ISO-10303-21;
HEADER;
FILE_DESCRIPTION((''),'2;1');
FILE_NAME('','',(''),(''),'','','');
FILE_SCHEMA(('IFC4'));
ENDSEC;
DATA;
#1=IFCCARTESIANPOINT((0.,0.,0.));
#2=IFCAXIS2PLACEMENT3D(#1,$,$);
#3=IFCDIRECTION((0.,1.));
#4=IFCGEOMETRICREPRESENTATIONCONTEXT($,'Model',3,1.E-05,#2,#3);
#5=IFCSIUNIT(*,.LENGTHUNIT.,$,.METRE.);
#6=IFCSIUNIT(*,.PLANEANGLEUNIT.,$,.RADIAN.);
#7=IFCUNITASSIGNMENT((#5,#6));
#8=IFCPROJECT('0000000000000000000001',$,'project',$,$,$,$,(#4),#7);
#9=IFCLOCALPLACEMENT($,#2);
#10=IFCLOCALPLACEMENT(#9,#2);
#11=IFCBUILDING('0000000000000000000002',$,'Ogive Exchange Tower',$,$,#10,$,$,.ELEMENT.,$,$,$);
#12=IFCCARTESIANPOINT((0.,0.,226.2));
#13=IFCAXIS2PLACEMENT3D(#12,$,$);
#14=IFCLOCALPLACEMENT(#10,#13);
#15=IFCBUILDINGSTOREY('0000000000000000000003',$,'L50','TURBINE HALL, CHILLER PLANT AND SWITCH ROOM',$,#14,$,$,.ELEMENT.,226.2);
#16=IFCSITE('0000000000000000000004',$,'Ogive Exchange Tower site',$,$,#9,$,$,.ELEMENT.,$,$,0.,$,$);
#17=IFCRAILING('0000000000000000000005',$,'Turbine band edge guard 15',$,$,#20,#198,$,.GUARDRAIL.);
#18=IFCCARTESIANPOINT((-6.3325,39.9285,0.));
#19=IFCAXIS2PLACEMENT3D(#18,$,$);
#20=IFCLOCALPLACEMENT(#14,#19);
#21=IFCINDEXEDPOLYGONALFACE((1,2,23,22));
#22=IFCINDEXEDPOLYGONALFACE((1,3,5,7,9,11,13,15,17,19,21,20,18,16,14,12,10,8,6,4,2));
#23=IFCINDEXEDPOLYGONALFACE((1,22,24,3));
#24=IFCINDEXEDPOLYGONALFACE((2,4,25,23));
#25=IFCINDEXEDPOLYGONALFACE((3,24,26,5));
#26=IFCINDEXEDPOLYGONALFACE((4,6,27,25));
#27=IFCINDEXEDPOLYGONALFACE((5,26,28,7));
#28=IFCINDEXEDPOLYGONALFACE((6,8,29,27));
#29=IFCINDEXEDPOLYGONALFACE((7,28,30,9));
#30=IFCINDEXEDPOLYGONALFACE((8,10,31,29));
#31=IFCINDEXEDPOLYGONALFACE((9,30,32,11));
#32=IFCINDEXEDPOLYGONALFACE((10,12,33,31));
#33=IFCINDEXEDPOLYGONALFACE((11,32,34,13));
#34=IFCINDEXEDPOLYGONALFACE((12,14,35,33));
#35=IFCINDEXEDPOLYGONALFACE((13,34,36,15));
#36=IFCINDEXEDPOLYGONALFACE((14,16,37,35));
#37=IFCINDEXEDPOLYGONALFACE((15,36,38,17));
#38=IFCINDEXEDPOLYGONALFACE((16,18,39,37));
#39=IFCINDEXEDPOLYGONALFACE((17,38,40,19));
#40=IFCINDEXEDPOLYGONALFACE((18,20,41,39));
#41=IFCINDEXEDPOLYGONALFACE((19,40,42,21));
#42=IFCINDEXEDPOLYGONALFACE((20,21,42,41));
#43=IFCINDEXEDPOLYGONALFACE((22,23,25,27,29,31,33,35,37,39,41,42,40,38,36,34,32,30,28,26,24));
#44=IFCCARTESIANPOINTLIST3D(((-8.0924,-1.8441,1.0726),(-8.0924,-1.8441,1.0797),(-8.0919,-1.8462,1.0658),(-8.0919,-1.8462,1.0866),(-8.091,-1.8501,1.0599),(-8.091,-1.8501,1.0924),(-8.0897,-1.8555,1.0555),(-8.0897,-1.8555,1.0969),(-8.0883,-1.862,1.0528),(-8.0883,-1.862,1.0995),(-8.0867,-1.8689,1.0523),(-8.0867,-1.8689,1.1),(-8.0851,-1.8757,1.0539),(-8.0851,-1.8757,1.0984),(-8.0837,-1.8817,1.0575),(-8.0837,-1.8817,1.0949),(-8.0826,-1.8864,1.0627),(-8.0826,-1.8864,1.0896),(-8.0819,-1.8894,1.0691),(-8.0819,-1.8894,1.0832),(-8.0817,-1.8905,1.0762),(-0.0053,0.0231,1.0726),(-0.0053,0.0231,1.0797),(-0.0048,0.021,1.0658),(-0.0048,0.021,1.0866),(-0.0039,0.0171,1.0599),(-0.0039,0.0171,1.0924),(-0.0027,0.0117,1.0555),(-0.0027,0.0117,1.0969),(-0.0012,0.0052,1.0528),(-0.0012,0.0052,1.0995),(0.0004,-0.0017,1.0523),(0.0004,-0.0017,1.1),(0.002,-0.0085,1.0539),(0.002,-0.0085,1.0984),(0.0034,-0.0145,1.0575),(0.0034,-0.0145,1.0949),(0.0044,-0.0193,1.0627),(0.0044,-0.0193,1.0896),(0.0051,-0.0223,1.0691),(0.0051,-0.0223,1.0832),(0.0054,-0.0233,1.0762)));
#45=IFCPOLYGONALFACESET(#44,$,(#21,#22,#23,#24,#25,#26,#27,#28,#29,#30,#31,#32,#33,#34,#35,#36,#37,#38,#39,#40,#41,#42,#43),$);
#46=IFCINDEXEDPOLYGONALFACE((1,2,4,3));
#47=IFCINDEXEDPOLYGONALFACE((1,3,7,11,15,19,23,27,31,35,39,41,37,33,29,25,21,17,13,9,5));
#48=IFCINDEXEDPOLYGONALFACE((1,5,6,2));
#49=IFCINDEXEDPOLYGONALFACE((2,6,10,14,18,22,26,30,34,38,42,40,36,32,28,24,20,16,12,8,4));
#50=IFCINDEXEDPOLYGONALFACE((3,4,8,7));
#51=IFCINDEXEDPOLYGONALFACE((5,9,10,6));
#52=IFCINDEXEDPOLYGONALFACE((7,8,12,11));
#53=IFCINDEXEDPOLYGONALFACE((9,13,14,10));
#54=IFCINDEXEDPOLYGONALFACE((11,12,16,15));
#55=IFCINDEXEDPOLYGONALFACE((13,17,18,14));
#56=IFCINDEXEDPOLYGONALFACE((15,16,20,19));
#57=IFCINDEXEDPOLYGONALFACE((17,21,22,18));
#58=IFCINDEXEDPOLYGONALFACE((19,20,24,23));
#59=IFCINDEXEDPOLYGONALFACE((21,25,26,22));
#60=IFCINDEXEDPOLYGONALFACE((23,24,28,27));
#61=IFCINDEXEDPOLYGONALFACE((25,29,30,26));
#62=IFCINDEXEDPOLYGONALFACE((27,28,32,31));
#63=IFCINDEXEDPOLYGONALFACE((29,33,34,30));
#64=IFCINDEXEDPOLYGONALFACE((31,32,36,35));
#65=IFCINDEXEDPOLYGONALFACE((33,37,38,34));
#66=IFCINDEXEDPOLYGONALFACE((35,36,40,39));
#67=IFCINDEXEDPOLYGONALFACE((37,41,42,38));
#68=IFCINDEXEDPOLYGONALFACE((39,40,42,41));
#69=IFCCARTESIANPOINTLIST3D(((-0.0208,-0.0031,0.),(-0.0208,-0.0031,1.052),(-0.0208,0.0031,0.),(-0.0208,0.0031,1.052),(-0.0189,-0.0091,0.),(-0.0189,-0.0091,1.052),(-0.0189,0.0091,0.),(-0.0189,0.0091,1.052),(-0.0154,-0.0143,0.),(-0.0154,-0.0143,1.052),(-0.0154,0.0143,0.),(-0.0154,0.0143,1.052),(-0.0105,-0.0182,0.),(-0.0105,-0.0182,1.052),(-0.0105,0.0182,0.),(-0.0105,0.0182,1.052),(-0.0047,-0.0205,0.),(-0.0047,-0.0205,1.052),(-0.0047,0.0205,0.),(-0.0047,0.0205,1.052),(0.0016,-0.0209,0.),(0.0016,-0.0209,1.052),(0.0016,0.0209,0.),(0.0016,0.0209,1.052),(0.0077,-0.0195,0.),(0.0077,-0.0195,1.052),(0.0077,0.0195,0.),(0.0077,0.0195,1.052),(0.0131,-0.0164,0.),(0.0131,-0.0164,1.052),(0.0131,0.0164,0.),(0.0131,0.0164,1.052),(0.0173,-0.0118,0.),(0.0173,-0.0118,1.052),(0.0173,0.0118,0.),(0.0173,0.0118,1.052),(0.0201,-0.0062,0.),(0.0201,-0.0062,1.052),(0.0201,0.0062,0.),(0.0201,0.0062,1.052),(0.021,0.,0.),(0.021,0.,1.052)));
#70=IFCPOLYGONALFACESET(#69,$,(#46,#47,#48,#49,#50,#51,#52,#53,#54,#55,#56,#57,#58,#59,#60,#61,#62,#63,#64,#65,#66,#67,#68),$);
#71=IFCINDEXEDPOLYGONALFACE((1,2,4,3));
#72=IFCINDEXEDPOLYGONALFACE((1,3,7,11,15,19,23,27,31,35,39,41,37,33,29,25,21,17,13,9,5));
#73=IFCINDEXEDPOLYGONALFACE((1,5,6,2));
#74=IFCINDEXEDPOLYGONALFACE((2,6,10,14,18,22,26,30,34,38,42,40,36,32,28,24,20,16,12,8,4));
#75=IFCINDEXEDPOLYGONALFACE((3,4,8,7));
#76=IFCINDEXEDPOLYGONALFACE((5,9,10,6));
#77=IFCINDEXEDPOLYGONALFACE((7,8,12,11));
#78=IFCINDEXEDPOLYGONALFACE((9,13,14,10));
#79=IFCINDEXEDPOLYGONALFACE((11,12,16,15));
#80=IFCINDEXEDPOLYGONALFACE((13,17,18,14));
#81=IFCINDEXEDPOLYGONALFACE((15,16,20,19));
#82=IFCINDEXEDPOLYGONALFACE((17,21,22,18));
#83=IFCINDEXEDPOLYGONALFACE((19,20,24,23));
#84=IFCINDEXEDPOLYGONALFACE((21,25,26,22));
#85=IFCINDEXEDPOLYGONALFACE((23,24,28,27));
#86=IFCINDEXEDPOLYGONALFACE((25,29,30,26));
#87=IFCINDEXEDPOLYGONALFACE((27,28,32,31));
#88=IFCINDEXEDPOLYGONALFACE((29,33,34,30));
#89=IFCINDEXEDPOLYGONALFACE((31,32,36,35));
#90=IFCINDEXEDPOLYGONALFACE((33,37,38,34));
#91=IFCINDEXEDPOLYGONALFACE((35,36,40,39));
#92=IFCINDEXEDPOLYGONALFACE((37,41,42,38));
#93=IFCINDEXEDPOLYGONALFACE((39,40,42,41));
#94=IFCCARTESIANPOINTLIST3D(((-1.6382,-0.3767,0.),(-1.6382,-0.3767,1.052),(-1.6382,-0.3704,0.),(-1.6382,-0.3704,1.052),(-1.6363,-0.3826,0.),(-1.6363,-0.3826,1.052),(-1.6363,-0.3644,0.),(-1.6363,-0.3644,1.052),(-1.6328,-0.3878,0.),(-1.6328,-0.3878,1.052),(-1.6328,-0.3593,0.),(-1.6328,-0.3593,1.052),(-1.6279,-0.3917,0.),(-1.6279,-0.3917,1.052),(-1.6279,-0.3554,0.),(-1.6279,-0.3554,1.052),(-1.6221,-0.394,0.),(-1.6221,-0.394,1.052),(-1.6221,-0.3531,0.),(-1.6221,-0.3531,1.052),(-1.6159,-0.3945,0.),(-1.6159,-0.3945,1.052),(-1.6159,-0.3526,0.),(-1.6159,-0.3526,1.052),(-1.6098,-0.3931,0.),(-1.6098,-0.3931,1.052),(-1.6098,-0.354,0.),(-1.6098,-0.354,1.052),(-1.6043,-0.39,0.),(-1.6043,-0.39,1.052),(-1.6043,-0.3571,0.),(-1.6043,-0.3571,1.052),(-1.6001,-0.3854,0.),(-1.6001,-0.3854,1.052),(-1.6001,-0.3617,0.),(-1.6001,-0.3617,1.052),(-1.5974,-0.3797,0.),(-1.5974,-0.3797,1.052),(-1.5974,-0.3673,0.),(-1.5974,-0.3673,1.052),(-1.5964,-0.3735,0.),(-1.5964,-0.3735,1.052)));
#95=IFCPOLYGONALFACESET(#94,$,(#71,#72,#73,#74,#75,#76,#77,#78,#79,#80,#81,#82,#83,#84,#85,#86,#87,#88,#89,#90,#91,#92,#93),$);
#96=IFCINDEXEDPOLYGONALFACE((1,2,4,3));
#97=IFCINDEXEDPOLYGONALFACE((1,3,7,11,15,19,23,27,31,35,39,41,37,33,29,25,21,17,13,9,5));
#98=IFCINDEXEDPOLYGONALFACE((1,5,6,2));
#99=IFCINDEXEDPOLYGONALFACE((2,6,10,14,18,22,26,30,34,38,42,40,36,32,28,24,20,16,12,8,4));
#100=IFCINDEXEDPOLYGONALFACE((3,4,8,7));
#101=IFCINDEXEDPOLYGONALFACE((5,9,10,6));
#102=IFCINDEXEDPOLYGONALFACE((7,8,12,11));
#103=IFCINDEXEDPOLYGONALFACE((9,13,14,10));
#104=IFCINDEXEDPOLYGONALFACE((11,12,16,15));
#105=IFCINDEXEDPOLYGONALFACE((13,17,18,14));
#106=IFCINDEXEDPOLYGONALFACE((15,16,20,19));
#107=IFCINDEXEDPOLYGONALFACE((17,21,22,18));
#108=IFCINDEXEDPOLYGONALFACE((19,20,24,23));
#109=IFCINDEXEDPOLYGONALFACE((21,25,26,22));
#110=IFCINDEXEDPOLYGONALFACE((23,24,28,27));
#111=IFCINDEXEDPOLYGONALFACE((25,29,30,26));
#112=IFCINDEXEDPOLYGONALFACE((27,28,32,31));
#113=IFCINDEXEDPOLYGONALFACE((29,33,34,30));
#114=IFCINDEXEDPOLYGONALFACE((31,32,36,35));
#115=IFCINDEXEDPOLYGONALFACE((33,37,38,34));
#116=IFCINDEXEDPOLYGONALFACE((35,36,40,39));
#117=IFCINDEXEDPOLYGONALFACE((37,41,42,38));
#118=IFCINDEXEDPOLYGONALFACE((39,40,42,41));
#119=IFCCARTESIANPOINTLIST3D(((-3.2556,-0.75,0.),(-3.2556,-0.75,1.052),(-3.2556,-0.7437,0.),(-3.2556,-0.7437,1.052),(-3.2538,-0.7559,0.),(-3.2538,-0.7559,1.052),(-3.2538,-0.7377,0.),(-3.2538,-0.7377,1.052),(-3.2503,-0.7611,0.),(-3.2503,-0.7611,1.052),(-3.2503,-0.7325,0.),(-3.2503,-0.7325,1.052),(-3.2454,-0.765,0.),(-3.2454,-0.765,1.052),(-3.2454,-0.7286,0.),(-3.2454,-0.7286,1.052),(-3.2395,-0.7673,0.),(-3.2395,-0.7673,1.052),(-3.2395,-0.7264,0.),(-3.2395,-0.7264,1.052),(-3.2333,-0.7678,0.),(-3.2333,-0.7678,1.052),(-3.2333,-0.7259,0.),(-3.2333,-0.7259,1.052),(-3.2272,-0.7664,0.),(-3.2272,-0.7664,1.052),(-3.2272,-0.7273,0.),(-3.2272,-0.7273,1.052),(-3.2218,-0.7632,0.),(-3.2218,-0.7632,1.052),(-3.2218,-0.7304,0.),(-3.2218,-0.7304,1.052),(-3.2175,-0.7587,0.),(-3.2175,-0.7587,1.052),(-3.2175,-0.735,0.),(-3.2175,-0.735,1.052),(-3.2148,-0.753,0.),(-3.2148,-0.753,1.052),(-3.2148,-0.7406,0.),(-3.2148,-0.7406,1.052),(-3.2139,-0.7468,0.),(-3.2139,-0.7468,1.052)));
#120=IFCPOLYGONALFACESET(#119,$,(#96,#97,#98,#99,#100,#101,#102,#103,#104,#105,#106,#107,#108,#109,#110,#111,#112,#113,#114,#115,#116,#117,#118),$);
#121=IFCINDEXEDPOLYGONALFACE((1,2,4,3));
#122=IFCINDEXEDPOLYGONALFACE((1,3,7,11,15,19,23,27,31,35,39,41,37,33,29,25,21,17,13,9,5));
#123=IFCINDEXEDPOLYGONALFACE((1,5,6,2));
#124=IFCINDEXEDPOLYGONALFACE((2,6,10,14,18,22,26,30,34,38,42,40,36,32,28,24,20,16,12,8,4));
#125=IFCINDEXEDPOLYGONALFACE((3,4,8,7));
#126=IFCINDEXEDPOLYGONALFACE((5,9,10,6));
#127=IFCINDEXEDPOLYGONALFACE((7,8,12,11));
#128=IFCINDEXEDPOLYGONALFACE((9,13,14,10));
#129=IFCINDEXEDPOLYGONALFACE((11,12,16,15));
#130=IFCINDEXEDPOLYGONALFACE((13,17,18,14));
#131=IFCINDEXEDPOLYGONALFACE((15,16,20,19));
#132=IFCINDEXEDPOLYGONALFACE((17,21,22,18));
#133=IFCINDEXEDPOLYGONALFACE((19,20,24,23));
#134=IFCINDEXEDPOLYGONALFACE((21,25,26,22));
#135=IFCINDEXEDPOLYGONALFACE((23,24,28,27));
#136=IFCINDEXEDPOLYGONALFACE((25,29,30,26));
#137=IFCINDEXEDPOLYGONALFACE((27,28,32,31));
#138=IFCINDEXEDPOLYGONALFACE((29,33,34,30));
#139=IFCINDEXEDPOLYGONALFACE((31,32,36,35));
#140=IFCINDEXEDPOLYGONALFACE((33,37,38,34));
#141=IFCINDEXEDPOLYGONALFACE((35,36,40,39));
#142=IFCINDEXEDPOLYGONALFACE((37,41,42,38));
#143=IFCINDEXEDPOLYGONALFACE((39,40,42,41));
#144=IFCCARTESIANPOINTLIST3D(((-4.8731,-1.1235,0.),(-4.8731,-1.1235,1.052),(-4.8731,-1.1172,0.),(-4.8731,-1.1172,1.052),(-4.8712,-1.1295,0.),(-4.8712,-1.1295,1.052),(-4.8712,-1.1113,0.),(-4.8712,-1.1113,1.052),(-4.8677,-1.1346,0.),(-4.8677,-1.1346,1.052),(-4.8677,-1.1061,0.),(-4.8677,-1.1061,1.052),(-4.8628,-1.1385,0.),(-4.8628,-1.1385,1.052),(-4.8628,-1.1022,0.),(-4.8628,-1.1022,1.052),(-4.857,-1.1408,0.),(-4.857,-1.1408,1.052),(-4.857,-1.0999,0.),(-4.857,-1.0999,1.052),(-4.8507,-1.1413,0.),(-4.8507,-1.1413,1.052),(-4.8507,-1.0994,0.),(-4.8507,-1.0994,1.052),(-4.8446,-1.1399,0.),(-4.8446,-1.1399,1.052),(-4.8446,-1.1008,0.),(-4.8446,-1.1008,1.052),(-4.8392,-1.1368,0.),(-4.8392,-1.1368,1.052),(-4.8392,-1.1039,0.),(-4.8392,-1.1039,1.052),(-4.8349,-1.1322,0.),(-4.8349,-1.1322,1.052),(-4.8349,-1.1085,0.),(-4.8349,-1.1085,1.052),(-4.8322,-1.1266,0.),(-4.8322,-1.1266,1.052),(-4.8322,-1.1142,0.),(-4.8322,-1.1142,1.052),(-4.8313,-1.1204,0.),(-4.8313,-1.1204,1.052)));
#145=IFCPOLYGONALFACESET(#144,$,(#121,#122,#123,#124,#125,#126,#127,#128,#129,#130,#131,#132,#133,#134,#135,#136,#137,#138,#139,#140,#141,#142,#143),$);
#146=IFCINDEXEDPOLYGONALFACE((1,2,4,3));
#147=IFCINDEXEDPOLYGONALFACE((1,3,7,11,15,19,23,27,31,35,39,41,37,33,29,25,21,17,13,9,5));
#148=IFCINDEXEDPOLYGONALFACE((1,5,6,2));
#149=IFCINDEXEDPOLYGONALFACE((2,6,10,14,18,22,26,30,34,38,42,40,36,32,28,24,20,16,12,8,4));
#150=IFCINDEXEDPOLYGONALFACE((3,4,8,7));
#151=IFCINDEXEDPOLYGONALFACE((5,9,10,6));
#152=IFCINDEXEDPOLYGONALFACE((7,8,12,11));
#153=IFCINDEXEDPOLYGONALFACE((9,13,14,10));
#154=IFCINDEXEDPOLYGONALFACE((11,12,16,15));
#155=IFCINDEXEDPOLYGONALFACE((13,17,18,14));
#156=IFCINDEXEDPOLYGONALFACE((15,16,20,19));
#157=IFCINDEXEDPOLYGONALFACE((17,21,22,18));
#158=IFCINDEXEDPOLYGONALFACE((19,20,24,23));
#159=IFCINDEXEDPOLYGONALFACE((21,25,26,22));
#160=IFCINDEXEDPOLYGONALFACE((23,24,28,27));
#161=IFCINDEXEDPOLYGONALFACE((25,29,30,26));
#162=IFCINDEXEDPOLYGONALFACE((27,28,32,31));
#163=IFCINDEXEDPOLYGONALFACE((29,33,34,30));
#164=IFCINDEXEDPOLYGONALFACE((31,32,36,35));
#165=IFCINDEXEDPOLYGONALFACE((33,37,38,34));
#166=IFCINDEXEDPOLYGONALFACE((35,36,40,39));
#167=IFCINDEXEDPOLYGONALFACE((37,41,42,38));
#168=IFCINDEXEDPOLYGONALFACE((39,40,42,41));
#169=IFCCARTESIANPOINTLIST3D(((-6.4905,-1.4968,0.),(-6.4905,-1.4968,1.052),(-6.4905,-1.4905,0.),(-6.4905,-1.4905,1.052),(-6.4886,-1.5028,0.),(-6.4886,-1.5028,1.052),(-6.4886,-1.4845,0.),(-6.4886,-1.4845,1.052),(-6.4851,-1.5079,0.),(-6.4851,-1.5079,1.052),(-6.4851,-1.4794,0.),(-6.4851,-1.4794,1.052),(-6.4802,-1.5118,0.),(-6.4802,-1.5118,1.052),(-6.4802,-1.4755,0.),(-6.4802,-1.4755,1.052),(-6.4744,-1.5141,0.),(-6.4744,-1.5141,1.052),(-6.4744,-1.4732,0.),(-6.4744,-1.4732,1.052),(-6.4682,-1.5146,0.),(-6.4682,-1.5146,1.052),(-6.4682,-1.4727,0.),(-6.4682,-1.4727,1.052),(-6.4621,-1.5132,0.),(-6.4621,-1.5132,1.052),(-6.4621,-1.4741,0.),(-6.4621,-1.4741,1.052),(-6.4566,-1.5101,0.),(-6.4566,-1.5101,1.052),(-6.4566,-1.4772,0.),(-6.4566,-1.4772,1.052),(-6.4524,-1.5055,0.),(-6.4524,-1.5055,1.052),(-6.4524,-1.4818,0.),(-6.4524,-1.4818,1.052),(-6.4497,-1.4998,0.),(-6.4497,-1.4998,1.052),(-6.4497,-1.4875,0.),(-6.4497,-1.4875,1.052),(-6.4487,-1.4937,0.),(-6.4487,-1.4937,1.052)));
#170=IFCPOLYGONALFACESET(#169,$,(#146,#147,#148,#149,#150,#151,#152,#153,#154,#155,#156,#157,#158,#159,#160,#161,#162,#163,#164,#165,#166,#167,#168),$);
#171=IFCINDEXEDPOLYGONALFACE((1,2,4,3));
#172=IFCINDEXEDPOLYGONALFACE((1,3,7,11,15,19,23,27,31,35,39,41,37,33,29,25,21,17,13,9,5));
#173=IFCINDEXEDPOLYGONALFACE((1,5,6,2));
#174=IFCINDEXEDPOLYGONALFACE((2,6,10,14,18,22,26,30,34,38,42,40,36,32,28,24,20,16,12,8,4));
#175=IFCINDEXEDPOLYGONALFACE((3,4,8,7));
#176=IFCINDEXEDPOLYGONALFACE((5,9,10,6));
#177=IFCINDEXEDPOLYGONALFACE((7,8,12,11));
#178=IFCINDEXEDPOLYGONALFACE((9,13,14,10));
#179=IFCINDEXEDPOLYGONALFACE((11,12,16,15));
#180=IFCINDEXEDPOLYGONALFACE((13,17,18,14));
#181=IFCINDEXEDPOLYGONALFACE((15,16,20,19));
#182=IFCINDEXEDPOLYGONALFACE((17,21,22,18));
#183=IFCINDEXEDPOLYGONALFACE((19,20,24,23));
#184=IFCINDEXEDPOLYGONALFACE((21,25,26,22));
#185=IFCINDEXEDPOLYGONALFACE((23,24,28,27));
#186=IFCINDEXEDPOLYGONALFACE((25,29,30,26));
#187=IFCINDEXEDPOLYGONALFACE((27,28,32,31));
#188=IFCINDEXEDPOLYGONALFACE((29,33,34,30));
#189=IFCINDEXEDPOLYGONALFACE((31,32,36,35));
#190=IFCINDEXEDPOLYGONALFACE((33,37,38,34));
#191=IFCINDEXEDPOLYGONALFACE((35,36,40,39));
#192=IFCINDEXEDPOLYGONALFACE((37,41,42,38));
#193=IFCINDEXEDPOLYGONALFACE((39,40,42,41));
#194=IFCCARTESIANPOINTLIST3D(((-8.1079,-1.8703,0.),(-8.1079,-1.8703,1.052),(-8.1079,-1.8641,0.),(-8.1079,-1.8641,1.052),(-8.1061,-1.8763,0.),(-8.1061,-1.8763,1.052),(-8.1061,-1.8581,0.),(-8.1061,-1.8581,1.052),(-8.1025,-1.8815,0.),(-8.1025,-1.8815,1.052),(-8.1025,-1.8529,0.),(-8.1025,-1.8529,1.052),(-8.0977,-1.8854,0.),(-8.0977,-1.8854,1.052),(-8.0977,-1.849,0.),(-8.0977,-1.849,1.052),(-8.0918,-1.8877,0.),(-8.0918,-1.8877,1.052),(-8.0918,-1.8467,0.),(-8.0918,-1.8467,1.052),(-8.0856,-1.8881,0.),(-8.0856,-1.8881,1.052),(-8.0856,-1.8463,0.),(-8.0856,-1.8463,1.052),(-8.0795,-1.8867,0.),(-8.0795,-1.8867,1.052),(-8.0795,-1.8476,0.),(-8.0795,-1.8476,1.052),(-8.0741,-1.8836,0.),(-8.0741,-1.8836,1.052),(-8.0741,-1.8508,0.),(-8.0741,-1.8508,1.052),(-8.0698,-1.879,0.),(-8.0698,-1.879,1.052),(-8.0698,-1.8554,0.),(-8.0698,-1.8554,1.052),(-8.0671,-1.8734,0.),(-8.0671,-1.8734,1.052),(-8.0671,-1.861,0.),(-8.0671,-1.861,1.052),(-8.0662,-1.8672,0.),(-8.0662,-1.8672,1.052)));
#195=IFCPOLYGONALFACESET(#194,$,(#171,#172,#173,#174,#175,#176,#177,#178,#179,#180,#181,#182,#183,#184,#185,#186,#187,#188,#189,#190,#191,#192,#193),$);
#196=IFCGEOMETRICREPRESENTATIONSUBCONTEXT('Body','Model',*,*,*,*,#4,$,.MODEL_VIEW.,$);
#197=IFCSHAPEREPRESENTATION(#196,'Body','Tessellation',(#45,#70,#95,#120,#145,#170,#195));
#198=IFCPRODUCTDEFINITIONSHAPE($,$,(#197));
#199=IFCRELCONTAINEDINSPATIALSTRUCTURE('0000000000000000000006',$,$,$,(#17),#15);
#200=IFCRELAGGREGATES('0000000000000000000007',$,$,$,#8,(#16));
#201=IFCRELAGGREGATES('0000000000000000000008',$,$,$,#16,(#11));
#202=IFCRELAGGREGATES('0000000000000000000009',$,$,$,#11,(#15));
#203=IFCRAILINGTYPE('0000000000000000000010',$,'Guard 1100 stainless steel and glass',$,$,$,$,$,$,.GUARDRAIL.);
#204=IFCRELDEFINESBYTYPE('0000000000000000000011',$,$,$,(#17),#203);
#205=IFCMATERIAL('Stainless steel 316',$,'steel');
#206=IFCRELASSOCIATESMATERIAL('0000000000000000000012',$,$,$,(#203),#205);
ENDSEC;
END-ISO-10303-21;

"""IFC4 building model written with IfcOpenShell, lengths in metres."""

from ifc_helpers import new_model, si_unit, direction, frame, origin, origin_2d, place, context, subcontext, project, spatial, circle, extrude, material, type_object, element, save


model = new_model("IFC4")

# Units and contexts
model_context = context("Model", 3, precision=1e-05, world=origin(), true_north=direction((0.0, 1.0)))
body_context = subcontext(model_context, "Body", "Model", "MODEL_VIEW")
ifc_project = project(units=[si_unit("LENGTHUNIT", "METRE"), si_unit("PLANEANGLEUNIT", "RADIAN")], contexts=[model_context])

# Site, building, storey
site_placement = place(None, origin())
site = spatial("IfcSite", under=ifc_project, at=site_placement, Name="Ogive Exchange Tower site", CompositionType="ELEMENT", RefElevation=0.0)
building_placement = place(site_placement, origin())
building = spatial("IfcBuilding", under=site, at=building_placement, Name="Ogive Exchange Tower", CompositionType="ELEMENT")
storey_placement = place(building_placement, frame((0.0, 0.0, 226.2)))
storey = spatial("IfcBuildingStorey", under=building, at=storey_placement, Name="L50", Description="TURBINE HALL, CHILLER PLANT AND SWITCH ROOM", CompositionType="ELEMENT", Elevation=226.2)

# Railing
ifc_material_1 = material(Name="Stainless steel 316", Category="steel")
railing_type = type_object("IfcRailingType", Name="Guard 1100 stainless steel and glass", PredefinedType="GUARDRAIL", material=ifc_material_1)
railing_1_placement = place(storey_placement, frame((-6.3325, 39.9285, 0.0)))
element("IfcRailing", 1, at=railing_1_placement, inside=storey, type_object=railing_type, Name="Turbine band edge guard 15", PredefinedType="GUARDRAIL", context=body_context, shape_type="SweptSolid", body=[
    extrude(circle(Radius=0.0239, at=origin_2d()), frame((0.0, 0.0, 1.0762), z_axis=(-0.974367, -0.224965, 0.0), x_axis=(0.224965, -0.974367, 0.0)), (0.0, 0.0, 1.0), 8.2998),
    extrude(circle(Radius=0.021, at=origin_2d()), origin(), (0.0, 0.0, 1.0), 1.052),
    extrude(circle(Radius=0.021, at=origin_2d()), frame((-1.6174, -0.3735, 0.0)), (0.0, 0.0, 1.0), 1.052),
    extrude(circle(Radius=0.021, at=origin_2d()), frame((-3.2349, -0.7468, 0.0)), (0.0, 0.0, 1.0), 1.052),
    extrude(circle(Radius=0.021, at=origin_2d()), frame((-4.8523, -1.1204, 0.0)), (0.0, 0.0, 1.0), 1.052),
    extrude(circle(Radius=0.021, at=origin_2d()), frame((-6.4697, -1.4937, 0.0)), (0.0, 0.0, 1.0), 1.052),
    extrude(circle(Radius=0.021, at=origin_2d()), frame((-8.0872, -1.8672, 0.0)), (0.0, 0.0, 1.0), 1.052),
])

save(model, "model.ifc")
